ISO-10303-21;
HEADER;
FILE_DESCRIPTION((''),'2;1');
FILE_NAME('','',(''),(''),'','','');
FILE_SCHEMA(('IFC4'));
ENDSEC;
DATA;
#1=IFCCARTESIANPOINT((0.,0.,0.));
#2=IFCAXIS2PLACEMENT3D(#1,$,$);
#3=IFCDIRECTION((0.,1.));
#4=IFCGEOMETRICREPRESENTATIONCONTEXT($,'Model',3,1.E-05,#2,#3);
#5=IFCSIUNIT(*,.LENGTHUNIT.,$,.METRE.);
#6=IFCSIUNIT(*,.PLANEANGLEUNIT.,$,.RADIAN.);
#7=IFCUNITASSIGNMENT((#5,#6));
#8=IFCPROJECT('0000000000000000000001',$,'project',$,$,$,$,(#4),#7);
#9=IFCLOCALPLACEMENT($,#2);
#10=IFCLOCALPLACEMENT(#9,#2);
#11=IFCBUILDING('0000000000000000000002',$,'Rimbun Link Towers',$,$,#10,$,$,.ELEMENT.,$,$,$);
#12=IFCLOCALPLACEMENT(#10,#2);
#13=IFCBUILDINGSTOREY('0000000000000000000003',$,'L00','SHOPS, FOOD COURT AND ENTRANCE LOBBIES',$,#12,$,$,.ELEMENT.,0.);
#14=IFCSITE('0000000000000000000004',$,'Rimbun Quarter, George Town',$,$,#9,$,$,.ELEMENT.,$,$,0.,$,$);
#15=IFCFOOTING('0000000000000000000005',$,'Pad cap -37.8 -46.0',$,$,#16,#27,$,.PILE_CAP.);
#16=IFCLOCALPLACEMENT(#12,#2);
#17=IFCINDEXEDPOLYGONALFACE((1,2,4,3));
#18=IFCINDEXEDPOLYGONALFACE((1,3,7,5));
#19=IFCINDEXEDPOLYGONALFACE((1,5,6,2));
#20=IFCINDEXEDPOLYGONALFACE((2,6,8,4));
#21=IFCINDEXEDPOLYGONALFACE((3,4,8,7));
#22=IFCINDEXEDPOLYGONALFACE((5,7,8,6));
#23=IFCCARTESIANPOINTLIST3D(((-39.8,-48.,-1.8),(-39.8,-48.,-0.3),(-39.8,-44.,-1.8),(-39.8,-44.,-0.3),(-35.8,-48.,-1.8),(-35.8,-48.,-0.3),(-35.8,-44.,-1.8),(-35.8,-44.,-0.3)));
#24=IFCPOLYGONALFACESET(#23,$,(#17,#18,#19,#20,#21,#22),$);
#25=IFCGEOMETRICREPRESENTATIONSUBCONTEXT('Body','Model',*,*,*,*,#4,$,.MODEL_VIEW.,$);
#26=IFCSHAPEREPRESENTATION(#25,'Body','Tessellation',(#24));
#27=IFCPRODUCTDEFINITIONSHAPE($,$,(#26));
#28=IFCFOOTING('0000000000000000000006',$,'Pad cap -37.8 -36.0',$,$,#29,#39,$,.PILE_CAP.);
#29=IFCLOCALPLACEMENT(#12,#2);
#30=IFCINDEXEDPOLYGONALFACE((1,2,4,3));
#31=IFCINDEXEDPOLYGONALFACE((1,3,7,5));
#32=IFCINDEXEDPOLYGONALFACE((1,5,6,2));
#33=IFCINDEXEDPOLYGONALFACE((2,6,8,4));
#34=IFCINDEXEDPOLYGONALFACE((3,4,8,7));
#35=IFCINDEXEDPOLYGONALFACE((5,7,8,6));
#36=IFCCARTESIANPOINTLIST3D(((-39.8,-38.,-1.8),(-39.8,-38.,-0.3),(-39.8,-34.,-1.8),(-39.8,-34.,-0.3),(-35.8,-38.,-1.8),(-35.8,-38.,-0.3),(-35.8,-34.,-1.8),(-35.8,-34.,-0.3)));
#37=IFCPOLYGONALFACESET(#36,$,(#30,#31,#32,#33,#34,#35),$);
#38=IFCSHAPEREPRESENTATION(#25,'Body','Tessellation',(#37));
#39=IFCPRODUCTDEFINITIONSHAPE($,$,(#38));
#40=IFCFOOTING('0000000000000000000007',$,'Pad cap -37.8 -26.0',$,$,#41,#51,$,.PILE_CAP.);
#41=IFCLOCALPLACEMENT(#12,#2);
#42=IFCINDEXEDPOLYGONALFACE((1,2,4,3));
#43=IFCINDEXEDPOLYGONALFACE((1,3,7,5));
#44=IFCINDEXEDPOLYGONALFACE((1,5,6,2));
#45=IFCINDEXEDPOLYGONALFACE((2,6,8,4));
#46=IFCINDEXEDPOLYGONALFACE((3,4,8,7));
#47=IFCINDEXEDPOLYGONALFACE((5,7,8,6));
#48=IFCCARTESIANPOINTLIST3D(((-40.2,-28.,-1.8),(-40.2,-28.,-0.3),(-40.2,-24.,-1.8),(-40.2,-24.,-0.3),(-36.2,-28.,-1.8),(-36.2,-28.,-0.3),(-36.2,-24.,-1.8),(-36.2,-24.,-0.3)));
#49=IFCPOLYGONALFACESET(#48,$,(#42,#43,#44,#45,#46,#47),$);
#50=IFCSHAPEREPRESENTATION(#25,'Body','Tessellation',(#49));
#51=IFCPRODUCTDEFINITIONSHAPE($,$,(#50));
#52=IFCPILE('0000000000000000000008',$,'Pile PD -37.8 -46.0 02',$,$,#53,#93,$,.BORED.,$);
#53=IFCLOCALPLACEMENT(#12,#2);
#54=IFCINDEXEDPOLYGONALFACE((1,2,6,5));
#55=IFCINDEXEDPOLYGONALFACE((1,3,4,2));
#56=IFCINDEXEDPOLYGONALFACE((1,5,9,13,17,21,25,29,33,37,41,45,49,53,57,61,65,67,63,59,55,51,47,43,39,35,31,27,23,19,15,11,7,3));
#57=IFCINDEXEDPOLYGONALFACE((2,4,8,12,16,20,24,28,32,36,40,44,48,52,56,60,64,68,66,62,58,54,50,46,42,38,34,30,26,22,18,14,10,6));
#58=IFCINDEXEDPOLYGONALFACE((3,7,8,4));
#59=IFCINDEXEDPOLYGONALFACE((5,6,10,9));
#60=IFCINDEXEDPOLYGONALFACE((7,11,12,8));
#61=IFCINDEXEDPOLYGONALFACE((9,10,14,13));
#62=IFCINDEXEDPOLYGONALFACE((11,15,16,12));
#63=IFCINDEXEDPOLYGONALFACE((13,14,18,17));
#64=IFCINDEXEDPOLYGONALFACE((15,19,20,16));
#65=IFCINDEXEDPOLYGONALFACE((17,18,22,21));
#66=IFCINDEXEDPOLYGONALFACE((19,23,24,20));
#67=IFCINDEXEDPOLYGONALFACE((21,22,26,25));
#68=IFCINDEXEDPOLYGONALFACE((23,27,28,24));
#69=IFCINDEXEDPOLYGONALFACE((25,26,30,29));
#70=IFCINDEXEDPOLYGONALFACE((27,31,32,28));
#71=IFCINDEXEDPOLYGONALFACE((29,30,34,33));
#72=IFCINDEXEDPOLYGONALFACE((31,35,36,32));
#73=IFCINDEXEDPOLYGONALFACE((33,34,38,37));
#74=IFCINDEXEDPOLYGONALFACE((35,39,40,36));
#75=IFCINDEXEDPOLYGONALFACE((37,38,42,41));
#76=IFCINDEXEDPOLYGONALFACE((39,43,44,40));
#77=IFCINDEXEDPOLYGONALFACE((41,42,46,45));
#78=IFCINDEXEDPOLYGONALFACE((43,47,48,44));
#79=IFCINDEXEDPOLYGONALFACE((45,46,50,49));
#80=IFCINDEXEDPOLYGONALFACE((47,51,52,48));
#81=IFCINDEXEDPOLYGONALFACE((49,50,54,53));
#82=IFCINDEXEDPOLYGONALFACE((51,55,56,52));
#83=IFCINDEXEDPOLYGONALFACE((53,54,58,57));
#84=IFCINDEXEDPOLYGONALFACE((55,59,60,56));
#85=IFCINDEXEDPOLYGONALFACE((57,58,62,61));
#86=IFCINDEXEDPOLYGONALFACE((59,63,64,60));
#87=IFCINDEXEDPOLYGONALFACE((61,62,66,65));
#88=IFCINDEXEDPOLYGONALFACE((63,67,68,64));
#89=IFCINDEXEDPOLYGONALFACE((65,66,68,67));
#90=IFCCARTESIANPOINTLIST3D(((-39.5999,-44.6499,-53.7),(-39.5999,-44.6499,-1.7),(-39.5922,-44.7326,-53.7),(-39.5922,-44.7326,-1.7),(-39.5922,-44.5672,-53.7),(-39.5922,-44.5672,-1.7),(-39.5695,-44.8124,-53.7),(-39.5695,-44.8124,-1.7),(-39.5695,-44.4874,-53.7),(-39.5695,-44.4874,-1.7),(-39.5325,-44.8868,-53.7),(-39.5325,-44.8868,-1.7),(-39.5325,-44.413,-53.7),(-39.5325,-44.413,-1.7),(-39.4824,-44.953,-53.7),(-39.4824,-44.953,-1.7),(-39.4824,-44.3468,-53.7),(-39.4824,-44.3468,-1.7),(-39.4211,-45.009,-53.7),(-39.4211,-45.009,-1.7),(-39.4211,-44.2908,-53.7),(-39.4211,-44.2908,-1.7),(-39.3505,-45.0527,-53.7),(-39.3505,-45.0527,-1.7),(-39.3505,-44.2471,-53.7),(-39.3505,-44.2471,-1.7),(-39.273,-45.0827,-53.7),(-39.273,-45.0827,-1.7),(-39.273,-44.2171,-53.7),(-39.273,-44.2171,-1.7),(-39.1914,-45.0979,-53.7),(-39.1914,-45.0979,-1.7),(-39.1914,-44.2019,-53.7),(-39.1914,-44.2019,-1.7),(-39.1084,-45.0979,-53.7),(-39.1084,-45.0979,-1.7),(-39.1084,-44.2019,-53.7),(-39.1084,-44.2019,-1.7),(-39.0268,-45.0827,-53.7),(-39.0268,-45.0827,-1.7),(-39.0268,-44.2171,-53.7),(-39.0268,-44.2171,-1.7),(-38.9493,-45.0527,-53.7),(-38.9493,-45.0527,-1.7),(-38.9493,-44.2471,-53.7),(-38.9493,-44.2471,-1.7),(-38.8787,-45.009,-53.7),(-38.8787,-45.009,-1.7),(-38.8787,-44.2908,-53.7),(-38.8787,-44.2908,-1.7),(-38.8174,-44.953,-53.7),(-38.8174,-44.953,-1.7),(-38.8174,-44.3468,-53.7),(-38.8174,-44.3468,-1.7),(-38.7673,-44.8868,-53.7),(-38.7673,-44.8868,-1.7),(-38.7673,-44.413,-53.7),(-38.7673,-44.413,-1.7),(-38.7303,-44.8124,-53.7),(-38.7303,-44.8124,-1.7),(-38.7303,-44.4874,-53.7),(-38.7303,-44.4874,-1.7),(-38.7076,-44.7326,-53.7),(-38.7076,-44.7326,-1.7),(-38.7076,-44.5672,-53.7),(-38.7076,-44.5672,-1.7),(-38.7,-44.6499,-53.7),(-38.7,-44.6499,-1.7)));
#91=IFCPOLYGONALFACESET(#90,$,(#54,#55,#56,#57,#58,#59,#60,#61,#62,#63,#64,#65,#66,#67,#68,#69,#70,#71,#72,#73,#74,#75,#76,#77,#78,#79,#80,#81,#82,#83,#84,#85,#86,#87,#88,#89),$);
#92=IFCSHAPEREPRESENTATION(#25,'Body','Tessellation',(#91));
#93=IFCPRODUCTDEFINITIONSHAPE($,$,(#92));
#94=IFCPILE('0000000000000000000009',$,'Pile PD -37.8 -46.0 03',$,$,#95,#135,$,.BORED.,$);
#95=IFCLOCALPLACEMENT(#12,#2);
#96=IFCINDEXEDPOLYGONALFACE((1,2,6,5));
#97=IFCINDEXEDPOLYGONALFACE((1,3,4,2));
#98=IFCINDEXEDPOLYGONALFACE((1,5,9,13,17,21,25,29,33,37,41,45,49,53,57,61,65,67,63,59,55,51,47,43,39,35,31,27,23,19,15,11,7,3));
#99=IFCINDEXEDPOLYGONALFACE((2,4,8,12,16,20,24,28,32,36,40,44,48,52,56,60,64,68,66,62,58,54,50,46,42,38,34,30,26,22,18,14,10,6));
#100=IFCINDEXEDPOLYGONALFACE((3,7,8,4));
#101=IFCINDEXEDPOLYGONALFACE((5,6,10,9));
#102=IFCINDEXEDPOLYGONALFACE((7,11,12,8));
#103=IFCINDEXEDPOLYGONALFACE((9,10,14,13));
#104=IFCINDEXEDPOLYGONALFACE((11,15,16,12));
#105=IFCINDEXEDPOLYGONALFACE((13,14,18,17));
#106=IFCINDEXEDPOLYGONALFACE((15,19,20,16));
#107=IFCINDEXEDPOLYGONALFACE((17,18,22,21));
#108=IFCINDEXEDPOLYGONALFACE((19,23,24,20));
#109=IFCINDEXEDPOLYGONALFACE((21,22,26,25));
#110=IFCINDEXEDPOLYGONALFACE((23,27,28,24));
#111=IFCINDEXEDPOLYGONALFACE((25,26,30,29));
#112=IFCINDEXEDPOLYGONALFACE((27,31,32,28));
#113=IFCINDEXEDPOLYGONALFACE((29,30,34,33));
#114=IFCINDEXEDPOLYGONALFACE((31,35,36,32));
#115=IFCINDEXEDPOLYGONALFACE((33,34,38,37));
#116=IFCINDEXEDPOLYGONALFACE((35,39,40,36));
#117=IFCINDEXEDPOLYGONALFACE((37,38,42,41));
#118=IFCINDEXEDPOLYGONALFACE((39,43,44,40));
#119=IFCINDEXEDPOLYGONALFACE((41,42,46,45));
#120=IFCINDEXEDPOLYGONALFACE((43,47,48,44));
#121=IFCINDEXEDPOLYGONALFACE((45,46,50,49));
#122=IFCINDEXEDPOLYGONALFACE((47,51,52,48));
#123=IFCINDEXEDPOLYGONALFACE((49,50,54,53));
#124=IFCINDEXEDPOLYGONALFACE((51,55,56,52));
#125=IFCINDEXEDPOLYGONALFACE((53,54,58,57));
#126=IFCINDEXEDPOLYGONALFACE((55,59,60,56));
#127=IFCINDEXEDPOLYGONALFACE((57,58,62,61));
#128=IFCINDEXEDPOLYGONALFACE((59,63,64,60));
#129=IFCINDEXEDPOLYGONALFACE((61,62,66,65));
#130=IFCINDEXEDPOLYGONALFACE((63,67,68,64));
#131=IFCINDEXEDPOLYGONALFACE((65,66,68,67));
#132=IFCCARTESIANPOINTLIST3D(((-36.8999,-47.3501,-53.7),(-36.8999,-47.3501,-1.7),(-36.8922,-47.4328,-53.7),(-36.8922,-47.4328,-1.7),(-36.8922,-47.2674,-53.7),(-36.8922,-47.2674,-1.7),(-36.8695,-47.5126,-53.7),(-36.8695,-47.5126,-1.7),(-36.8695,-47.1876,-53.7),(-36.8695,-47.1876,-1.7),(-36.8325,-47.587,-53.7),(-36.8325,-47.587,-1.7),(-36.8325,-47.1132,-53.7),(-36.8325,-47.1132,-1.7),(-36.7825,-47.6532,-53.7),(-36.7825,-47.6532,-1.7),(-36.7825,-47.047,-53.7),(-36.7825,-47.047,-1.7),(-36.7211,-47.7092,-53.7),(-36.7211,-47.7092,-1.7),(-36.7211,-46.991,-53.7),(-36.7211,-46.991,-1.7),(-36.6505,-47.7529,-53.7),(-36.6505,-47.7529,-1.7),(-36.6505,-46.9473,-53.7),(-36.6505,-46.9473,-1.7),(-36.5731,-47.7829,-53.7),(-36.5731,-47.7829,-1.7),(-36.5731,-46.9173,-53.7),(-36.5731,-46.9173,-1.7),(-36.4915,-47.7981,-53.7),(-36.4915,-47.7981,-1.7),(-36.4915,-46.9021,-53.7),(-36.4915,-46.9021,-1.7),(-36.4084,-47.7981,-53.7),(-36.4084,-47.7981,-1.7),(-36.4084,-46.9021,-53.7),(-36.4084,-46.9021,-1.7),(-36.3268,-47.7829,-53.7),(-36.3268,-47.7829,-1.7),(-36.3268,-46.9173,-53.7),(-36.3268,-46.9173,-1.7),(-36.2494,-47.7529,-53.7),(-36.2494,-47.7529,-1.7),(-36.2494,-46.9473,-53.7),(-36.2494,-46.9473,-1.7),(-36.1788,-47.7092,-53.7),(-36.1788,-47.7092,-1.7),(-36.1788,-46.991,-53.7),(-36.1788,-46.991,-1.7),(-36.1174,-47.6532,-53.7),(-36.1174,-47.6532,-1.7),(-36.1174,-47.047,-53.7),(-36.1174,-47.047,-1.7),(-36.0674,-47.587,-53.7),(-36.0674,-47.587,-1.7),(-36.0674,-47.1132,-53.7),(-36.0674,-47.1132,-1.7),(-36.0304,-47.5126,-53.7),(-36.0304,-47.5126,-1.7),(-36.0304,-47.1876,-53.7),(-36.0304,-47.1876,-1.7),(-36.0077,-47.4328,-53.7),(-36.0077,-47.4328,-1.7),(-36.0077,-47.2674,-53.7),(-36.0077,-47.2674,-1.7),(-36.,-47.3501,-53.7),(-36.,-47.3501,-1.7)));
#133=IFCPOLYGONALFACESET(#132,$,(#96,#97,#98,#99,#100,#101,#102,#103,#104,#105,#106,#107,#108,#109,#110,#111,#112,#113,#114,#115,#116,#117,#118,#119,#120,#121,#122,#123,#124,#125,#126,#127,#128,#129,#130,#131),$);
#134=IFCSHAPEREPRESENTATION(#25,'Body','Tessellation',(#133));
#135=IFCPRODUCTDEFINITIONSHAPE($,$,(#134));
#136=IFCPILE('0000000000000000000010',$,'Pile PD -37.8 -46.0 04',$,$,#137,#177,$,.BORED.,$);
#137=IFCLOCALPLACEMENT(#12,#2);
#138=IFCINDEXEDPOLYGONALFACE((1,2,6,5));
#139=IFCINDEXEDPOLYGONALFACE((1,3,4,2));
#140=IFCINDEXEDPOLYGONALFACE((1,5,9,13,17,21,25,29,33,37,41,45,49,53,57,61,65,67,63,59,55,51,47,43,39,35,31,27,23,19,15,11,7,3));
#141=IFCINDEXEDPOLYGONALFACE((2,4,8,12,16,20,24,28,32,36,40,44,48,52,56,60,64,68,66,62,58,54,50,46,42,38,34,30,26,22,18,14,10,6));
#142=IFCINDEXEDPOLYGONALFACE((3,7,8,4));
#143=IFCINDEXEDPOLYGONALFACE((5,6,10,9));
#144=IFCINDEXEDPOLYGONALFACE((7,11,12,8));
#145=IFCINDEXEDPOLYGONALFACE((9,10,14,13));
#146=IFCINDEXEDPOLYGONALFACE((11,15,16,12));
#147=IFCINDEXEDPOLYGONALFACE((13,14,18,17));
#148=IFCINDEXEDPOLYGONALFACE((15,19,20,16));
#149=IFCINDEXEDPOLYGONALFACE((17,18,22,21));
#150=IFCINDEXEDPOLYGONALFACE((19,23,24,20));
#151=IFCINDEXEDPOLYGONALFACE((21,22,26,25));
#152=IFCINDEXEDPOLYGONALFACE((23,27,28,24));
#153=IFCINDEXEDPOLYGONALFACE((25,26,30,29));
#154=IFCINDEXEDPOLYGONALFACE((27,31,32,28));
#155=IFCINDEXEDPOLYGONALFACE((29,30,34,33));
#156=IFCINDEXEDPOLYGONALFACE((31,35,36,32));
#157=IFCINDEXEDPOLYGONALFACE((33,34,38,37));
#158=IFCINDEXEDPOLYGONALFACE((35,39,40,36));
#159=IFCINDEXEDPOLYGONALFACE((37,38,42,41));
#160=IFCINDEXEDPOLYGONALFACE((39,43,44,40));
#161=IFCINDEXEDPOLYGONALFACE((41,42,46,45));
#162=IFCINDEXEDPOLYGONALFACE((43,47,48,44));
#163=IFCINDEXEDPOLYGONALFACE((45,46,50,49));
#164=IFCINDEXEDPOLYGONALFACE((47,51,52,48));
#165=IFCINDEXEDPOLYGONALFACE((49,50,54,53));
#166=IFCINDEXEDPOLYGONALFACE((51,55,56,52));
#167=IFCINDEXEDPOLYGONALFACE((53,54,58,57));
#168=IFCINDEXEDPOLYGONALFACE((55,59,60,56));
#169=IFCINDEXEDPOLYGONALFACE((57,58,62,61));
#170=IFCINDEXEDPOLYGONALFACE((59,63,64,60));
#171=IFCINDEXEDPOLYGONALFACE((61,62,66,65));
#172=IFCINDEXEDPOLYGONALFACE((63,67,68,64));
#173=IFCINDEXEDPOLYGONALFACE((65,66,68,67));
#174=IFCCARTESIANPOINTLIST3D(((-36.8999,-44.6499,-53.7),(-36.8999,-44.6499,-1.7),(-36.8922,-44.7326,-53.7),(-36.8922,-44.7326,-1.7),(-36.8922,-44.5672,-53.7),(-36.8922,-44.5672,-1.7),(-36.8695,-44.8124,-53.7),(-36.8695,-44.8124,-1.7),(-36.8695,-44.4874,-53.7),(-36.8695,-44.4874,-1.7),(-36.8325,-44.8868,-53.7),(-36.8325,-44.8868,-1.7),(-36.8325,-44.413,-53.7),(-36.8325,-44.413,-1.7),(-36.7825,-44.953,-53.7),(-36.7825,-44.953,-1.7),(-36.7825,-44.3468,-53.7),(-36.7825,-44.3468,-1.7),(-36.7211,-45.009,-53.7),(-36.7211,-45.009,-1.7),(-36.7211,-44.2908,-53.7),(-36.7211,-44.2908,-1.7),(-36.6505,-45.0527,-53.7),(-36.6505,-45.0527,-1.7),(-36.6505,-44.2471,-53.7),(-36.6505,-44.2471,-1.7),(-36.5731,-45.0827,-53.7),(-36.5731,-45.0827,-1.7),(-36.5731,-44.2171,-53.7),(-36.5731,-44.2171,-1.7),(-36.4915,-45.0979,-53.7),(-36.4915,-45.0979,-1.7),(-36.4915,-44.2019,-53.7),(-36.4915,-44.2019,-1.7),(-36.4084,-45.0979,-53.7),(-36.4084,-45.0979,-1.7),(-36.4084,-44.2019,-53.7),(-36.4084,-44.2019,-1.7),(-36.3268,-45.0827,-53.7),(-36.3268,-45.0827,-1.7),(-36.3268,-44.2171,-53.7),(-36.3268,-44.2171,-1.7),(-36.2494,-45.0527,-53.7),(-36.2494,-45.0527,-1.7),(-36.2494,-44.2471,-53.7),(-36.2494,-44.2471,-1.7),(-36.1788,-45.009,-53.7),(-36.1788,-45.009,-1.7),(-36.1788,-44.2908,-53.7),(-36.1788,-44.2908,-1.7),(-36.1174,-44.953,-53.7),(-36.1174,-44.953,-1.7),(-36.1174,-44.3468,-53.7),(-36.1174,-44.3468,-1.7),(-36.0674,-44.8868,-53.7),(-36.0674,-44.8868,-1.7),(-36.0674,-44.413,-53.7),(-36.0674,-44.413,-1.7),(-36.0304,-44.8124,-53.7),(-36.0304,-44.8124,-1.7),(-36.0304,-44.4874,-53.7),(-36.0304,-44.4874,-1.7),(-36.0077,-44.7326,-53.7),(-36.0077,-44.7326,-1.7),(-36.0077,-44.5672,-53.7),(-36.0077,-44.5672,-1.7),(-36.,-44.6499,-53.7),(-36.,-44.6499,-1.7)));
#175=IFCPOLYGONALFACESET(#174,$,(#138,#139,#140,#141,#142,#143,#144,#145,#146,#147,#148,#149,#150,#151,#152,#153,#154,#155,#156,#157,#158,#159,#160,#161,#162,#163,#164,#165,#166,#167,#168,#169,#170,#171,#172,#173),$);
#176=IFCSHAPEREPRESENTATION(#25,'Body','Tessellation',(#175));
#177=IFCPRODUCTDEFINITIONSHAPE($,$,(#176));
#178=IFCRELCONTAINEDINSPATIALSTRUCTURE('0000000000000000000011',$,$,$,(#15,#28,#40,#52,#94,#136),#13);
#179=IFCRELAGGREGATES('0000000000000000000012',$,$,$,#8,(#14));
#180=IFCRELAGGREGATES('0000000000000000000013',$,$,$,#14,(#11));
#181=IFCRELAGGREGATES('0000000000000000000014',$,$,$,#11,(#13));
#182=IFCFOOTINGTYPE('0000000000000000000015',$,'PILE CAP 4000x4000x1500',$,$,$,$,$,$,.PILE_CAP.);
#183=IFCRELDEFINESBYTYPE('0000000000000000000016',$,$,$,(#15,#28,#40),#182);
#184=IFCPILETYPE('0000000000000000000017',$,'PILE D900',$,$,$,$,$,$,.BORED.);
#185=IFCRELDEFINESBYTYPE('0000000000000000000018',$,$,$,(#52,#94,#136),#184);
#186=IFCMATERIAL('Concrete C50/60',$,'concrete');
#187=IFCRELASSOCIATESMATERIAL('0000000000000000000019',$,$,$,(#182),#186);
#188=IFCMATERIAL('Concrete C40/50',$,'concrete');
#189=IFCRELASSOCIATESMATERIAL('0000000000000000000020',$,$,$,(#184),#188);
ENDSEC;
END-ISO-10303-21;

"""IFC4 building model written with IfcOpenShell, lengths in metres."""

from ifc_helpers import new_model, si_unit, direction, frame, origin, origin_2d, place, context, subcontext, project, spatial, rectangle, circle, extrude, material, material_profile, profile_set, type_object, element, save


model = new_model("IFC4")

# Units and contexts
model_context = context("Model", 3, precision=1e-05, world=origin(), true_north=direction((0.0, 1.0)))
body_context = subcontext(model_context, "Body", "Model", "MODEL_VIEW")
ifc_project = project(units=[si_unit("LENGTHUNIT", "METRE"), si_unit("PLANEANGLEUNIT", "RADIAN")], contexts=[model_context])

# Site, building, storey
site_placement = place(None, origin())
site = spatial("IfcSite", under=ifc_project, at=site_placement, Name="Rimbun Quarter, George Town", CompositionType="ELEMENT", RefElevation=0.0)
building_placement = place(site_placement, origin())
building = spatial("IfcBuilding", under=site, at=building_placement, Name="Rimbun Link Towers", CompositionType="ELEMENT")
storey_placement = place(building_placement, origin())
storey = spatial("IfcBuildingStorey", under=building, at=storey_placement, Name="L00", Description="SHOPS, FOOD COURT AND ENTRANCE LOBBIES", CompositionType="ELEMENT", Elevation=0.0)

# Footings
ifc_material_1 = material(Name="Concrete C50/60", Category="concrete")
footing_type = type_object("IfcFootingType", Name="PILE CAP 4000x4000x1500", PredefinedType="PILE_CAP", material=ifc_material_1)
for number, where, z_axis, x_axis, name in (
    (1, (-37.8, -46.0, -1.8), (0.0, 0.0, 1.0), (1.0, 0.0, 0.0), "Pad cap -37.8 -46.0"),
    (2, (-37.8, -36.0, -1.8), (0.0, 0.0, 1.0), (1.0, 0.0, 0.0), "Pad cap -37.8 -36.0"),
    (3, (-38.2, -26.0, -1.8), (0.0, 0.0, 1.0), (1.0, 0.0, 0.0), "Pad cap -37.8 -26.0"),
):
    element("IfcFooting", number, at=place(storey_placement, frame(where, z_axis=z_axis, x_axis=x_axis)), inside=storey, type_object=footing_type, Name=name, PredefinedType="PILE_CAP", context=body_context, shape_type="SweptSolid", body=[
        extrude(rectangle(XDim=4.0, YDim=4.0, at=origin_2d()), origin(), (0.0, 0.0, 1.0), 1.5),
    ])

# Piles
ifc_material_2 = material(Name="Concrete C40/50", Category="concrete")
ifc_material_profile_1 = material_profile(ifc_material_2, circle(Radius=0.45, at=origin_2d()), Name="PILE D900")
ifc_profile_set_1 = profile_set([ifc_material_profile_1], Name="Concrete C40/50")
pile_type = type_object("IfcPileType", Name="PILE D900", PredefinedType="BORED", material=ifc_profile_set_1)
for number, where, z_axis, x_axis, name in (
    (4, (-39.1499, -44.6499, -1.7), (0.0, 0.0, -1.0), (1.0, 0.0, 0.0), "Pile PD -37.8 -46.0 02"),
    (5, (-36.45, -47.3501, -1.7), (0.0, 0.0, -1.0), (1.0, 0.0, 0.0), "Pile PD -37.8 -46.0 03"),
    (6, (-36.45, -44.6499, -1.7), (0.0, 0.0, -1.0), (1.0, 0.0, 0.0), "Pile PD -37.8 -46.0 04"),
):
    element("IfcPile", number, at=place(storey_placement, frame(where, z_axis=z_axis, x_axis=x_axis)), inside=storey, type_object=pile_type, Name=name, PredefinedType="BORED", context=body_context, shape_type="SweptSolid", body=[
        extrude(circle(Radius=0.45, at=origin_2d()), origin(), (0.0, 0.0, 1.0), 52.0),
    ])

save(model, "model.ifc")
